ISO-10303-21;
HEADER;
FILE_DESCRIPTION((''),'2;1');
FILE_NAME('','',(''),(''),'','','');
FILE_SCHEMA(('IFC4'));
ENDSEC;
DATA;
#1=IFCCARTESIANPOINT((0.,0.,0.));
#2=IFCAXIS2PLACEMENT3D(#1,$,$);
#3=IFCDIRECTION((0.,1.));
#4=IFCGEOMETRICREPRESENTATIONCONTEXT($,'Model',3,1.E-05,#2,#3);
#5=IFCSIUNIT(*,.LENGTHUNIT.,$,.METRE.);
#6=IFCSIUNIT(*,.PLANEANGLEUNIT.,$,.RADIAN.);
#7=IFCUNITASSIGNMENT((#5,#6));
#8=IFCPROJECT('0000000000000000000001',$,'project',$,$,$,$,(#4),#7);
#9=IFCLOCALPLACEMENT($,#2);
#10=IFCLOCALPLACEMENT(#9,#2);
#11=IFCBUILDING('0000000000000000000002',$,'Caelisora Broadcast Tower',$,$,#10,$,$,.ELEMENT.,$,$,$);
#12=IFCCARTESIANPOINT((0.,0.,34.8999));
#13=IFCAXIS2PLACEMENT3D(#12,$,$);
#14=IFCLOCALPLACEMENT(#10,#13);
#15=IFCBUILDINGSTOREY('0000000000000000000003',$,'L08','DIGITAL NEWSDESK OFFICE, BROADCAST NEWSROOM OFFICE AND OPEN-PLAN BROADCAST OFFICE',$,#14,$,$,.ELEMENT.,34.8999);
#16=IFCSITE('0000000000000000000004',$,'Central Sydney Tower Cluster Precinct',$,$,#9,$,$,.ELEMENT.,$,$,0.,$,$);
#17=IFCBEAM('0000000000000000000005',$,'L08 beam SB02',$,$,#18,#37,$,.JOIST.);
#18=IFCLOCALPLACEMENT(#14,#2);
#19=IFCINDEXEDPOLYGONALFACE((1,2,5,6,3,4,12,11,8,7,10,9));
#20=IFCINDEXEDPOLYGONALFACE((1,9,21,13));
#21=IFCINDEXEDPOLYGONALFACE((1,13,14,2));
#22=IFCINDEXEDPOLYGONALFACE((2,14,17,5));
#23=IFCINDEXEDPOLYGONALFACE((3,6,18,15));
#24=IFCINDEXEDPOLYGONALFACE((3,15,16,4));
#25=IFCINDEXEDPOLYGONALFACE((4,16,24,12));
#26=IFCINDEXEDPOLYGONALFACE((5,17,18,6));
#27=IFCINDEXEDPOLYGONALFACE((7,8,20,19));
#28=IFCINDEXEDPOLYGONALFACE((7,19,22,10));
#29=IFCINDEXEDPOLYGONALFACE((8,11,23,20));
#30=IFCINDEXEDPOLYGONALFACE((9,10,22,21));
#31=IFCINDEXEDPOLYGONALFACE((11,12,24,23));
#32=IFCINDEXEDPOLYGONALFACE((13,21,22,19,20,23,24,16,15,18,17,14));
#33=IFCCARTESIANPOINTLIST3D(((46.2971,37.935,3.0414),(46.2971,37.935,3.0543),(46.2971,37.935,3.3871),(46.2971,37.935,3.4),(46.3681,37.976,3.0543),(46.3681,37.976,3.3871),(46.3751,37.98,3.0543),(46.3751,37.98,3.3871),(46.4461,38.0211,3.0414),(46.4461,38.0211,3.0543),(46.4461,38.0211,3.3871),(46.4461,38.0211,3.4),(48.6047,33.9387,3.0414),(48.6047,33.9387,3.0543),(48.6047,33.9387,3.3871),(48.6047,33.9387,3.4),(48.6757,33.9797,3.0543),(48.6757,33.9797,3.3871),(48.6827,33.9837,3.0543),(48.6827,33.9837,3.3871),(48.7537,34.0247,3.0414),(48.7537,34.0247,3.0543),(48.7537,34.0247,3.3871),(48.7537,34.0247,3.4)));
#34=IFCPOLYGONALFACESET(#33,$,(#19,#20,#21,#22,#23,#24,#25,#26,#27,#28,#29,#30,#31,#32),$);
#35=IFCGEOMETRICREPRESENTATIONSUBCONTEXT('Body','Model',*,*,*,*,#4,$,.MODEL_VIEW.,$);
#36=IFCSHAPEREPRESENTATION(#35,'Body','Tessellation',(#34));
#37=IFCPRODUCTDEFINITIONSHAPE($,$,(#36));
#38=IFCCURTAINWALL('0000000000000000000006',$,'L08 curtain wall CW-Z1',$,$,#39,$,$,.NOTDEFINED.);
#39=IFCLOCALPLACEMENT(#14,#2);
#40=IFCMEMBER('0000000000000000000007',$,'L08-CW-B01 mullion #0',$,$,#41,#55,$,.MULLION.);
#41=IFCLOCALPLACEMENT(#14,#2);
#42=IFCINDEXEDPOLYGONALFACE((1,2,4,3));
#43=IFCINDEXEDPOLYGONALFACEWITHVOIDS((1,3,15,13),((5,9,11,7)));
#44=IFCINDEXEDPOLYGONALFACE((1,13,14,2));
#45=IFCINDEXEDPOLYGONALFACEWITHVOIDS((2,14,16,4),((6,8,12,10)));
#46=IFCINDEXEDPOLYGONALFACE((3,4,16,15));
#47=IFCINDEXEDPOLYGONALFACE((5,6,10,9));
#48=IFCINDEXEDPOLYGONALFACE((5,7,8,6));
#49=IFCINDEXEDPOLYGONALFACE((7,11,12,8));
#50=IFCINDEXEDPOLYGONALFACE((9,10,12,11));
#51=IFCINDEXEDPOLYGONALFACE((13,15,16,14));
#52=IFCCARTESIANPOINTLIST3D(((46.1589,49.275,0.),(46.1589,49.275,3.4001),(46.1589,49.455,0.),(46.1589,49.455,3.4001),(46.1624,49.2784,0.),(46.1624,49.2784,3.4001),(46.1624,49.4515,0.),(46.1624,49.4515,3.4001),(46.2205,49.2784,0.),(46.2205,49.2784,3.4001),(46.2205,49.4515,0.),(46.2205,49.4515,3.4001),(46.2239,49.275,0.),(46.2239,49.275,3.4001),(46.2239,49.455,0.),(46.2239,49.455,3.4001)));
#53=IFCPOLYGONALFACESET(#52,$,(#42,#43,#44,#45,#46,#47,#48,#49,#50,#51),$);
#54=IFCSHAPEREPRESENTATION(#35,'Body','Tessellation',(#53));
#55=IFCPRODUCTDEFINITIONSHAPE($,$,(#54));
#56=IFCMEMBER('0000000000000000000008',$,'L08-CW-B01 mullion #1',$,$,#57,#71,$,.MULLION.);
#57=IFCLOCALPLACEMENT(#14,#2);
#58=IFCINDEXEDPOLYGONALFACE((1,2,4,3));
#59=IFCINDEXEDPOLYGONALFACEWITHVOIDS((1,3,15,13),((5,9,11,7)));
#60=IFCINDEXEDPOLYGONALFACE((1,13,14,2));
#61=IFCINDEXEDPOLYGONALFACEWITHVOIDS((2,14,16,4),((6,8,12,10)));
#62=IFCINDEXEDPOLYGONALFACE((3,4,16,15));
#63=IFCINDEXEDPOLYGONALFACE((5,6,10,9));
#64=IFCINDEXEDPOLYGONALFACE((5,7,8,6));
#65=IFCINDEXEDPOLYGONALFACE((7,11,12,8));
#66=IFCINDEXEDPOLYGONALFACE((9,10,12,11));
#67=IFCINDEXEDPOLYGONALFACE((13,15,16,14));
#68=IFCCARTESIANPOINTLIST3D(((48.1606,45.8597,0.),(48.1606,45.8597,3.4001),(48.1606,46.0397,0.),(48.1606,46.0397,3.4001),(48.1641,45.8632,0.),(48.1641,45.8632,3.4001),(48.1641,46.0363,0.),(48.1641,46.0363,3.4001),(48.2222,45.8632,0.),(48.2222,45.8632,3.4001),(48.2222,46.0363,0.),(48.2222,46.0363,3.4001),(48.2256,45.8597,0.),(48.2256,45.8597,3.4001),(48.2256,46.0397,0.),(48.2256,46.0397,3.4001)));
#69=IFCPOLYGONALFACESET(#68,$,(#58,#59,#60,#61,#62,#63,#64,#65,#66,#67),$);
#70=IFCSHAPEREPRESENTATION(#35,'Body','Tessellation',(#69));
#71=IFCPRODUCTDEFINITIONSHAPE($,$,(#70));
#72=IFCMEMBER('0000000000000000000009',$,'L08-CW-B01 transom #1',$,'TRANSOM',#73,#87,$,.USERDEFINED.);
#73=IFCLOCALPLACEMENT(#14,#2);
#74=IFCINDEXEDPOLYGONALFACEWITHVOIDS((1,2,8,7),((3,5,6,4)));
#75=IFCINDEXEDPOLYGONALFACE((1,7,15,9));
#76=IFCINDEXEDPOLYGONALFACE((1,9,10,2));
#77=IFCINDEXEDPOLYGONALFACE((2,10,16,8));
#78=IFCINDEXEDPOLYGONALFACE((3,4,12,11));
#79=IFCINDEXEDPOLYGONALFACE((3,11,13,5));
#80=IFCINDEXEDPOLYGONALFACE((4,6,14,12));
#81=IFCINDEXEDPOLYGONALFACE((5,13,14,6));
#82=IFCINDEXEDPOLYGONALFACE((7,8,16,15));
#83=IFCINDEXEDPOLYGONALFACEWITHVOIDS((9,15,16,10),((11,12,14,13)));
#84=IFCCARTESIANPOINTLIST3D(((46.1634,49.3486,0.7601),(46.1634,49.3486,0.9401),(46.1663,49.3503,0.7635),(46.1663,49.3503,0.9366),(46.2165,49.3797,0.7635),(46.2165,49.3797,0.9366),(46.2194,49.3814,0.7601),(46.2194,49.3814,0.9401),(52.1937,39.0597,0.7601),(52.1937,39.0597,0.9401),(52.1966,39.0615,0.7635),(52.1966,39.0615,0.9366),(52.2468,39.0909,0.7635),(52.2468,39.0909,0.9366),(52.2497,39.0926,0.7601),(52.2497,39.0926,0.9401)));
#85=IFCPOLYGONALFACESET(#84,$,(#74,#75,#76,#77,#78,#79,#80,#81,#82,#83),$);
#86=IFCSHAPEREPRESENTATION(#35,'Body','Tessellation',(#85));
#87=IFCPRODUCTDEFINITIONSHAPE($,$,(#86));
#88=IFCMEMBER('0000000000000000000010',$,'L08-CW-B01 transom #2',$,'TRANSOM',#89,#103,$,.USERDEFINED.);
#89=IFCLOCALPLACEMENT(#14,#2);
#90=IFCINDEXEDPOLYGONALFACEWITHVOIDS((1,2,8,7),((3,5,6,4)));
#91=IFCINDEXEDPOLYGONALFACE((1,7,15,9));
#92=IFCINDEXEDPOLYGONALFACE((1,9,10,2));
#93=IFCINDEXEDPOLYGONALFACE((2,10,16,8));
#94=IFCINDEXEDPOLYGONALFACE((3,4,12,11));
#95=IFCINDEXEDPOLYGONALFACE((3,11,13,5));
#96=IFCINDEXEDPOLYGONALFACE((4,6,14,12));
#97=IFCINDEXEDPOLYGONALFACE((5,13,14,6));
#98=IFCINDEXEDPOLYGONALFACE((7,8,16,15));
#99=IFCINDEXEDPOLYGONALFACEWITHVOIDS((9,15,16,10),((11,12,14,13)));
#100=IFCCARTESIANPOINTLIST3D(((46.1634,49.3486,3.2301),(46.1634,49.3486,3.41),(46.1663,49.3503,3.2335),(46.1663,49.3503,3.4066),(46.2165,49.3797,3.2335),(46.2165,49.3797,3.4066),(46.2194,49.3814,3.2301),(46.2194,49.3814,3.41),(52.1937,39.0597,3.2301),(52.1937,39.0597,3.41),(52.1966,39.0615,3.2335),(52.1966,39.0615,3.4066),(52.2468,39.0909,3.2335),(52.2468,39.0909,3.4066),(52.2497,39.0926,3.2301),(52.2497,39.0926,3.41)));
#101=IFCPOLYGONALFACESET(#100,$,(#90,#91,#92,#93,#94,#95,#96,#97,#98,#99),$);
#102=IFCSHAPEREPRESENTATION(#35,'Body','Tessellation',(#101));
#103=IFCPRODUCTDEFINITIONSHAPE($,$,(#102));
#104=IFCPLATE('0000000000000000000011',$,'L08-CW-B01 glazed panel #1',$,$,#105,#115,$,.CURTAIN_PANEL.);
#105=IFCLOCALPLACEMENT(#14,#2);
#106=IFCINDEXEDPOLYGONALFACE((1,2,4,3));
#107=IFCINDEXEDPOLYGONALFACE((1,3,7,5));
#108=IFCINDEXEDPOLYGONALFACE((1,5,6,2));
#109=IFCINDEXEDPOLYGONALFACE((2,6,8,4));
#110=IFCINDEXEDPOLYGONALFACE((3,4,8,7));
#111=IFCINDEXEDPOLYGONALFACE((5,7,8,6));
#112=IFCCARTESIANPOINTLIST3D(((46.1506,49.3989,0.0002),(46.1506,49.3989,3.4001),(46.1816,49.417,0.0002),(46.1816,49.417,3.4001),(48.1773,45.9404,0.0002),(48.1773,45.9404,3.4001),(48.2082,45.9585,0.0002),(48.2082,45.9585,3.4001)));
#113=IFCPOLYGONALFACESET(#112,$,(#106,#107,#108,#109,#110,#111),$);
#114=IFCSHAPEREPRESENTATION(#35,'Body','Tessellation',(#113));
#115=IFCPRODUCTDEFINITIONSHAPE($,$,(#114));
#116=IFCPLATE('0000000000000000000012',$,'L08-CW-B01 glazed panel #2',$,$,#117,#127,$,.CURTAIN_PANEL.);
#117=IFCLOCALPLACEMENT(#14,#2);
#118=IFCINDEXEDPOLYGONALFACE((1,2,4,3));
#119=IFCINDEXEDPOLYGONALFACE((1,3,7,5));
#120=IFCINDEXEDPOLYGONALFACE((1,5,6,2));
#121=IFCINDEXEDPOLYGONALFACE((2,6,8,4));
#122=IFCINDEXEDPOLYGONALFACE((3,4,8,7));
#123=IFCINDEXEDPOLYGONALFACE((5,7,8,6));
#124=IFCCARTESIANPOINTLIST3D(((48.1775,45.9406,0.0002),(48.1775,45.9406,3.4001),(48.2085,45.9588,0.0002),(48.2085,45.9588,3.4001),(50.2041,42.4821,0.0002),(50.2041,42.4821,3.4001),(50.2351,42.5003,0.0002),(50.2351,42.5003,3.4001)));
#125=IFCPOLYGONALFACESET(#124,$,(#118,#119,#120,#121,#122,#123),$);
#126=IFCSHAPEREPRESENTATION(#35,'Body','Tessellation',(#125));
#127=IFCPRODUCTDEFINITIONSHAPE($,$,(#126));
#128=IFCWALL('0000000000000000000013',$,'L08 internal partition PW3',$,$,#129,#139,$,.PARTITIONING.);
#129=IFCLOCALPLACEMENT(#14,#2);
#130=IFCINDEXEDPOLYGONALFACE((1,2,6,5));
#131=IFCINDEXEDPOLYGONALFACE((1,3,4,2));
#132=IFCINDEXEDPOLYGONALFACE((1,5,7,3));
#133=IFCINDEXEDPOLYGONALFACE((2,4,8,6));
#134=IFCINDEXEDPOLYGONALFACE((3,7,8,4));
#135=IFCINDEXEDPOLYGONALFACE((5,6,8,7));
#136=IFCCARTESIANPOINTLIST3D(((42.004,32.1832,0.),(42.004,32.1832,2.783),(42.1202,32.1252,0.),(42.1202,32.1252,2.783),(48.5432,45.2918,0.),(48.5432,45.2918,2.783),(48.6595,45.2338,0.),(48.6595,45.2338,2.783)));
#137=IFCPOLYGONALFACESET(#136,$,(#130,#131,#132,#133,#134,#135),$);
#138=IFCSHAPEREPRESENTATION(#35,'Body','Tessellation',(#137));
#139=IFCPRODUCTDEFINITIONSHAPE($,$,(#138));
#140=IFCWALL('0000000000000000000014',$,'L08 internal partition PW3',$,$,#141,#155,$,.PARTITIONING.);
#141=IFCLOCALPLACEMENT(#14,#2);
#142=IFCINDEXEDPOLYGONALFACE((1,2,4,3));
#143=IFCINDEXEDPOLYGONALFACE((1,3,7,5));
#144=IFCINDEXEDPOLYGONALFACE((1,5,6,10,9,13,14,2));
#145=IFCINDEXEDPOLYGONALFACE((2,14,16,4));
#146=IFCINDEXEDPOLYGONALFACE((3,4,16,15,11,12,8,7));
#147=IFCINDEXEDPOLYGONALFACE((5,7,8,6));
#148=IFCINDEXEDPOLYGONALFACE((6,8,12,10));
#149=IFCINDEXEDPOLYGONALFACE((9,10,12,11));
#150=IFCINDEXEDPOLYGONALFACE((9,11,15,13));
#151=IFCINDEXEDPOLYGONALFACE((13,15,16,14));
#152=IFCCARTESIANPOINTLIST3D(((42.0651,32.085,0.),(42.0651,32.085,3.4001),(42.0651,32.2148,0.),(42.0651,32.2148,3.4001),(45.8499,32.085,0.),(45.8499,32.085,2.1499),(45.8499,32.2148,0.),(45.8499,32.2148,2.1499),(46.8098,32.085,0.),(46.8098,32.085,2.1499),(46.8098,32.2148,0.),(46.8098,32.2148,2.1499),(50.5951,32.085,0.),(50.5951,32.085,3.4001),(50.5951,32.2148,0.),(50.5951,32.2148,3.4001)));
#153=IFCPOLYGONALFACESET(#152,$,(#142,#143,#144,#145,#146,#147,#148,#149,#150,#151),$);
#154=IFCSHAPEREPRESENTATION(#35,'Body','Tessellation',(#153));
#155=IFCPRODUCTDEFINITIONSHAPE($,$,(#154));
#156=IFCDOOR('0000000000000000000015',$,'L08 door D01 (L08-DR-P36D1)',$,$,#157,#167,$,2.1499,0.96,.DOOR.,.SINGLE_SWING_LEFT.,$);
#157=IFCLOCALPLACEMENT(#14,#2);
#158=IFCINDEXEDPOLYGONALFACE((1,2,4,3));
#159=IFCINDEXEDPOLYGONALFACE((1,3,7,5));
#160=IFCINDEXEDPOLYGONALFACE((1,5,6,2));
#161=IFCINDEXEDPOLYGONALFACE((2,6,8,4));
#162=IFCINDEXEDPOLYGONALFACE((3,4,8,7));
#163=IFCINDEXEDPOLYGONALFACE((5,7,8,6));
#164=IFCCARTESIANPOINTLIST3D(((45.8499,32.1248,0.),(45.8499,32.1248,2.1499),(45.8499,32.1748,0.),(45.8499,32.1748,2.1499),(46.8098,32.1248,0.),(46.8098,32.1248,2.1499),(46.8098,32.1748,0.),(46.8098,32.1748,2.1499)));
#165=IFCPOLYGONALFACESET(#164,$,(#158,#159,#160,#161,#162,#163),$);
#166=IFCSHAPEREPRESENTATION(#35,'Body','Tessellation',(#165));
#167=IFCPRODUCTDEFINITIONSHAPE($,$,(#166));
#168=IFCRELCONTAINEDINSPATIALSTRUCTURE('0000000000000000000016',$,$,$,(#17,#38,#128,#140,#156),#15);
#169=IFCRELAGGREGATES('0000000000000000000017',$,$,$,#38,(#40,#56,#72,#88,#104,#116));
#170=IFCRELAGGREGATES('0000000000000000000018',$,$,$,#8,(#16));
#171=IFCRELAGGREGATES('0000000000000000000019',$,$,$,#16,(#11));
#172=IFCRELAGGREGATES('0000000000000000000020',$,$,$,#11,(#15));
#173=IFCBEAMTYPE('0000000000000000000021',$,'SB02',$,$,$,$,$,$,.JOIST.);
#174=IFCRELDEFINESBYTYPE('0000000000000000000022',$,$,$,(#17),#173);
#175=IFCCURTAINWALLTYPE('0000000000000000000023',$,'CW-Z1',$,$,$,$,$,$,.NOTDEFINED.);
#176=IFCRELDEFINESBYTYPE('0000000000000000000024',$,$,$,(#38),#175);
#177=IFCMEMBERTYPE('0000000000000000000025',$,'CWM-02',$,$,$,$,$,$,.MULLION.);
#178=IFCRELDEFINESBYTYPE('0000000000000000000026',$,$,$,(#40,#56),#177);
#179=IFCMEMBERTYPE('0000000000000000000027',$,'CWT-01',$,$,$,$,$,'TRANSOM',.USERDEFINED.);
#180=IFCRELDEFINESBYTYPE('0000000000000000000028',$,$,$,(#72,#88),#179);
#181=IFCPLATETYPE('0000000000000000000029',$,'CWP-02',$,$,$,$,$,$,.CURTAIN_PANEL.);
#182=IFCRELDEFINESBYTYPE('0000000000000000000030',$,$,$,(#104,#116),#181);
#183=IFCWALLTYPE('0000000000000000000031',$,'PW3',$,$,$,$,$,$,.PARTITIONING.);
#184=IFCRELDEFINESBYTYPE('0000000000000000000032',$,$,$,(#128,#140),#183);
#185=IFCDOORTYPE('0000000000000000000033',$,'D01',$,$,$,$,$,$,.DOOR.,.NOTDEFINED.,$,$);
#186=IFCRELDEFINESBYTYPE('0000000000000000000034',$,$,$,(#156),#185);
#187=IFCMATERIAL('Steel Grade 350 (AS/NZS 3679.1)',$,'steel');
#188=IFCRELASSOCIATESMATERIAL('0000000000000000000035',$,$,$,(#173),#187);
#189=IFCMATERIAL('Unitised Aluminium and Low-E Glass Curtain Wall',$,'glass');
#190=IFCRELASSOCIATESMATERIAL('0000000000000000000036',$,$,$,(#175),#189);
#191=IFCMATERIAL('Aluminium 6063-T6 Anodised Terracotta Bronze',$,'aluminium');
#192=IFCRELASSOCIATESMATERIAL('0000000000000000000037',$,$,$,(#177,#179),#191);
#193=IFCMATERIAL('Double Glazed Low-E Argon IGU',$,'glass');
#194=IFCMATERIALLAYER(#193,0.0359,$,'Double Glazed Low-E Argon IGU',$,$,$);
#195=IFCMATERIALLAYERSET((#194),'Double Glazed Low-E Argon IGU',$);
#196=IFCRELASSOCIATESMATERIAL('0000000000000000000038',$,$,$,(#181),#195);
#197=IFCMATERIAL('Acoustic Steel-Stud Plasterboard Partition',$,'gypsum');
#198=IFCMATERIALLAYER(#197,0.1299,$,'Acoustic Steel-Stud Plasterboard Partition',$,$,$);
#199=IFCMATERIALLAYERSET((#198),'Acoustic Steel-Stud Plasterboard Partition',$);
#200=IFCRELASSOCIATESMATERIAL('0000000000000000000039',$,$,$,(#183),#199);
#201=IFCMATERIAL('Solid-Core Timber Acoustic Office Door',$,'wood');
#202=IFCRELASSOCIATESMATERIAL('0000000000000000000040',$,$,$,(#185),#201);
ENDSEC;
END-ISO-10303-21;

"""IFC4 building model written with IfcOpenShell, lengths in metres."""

from ifc_helpers import new_model, si_unit, direction, frame, frame_2d, origin, origin_2d, place, context, subcontext, project, spatial, rectangle, hollow_rectangle, i_section, extrude, source, transform, mapped, material, layer, layer_set, material_profile, profile_set, type_object, type_shapes, element, fill, aggregate, save


model = new_model("IFC4")

# Units and contexts
model_context = context("Model", 3, precision=1e-05, world=origin(), true_north=direction((0.0, 1.0)))
body_context = subcontext(model_context, "Body", "Model", "MODEL_VIEW")
ifc_project = project(units=[si_unit("LENGTHUNIT", "METRE"), si_unit("PLANEANGLEUNIT", "RADIAN")], contexts=[model_context])

# Site, building, storey
site_placement = place(None, origin())
site = spatial("IfcSite", under=ifc_project, at=site_placement, Name="Central Sydney Tower Cluster Precinct", CompositionType="ELEMENT", RefElevation=0.0)
building_placement = place(site_placement, origin())
building = spatial("IfcBuilding", under=site, at=building_placement, Name="Caelisora Broadcast Tower", CompositionType="ELEMENT")
storey_placement = place(building_placement, frame((0.0, 0.0, 34.8999)))
storey = spatial("IfcBuildingStorey", under=building, at=storey_placement, Name="L08", Description="DIGITAL NEWSDESK OFFICE, BROADCAST NEWSROOM OFFICE AND OPEN-PLAN BROADCAST OFFICE", CompositionType="ELEMENT", Elevation=34.8999)

# Beam
ifc_material_1 = material(Name="Steel Grade 350 (AS/NZS 3679.1)", Category="steel")
ifc_material_profile_1 = material_profile(ifc_material_1, i_section(OverallWidth=0.1721, OverallDepth=0.3586, WebThickness=0.0081, FlangeThickness=0.0129, at=origin_2d()), Name="Steel Grade 350 (AS/NZS 3679.1)")
ifc_profile_set_1 = profile_set([ifc_material_profile_1], Name="Steel Grade 350 (AS/NZS 3679.1)")
beam_type_1 = type_object("IfcBeamType", Name="SB02", PredefinedType="JOIST", material=ifc_profile_set_1)
shared_shape_1 = source(origin(), body_context, "Body", "SweptSolid", [
    extrude(i_section(OverallWidth=0.1721, OverallDepth=0.3586, WebThickness=0.0081, FlangeThickness=0.0129, at=origin_2d()), origin(), (0.0, 0.0, 1.0), 4.6147),
])
beam_1_placement = place(storey_placement, frame((48.6792, 33.9817, 3.2207), z_axis=(-0.500054, 0.865994, 0.0), x_axis=(-0.865994, -0.500054, 0.0)))
element("IfcBeam", 1, at=beam_1_placement, inside=storey, type_object=beam_type_1, Name="L08 beam SB02", PredefinedType="JOIST", context=body_context, shape_type="MappedRepresentation", body=[
    mapped(shared_shape_1, transform((0.0, 0.0, 0.0), scale=1.0)),
])

# Curtain wall, members, plates
ifc_material_2 = material(Name="Unitised Aluminium and Low-E Glass Curtain Wall", Category="glass")
curtain_wall_type = type_object("IfcCurtainWallType", Name="CW-Z1", PredefinedType="NOTDEFINED", material=ifc_material_2)
curtain_wall_placement = place(storey_placement, origin())
curtain_wall = element("IfcCurtainWall", 2, at=curtain_wall_placement, inside=storey, type_object=curtain_wall_type, Name="L08 curtain wall CW-Z1", PredefinedType="NOTDEFINED")
ifc_material_3 = material(Name="Aluminium 6063-T6 Anodised Terracotta Bronze", Category="aluminium")
ifc_material_profile_2 = material_profile(ifc_material_3, hollow_rectangle(XDim=0.0649, YDim=0.1799, WallThickness=0.0034, at=origin_2d()), Name="Aluminium 6063-T6 Anodised Terracotta Bronze")
ifc_profile_set_2 = profile_set([ifc_material_profile_2], Name="Aluminium 6063-T6 Anodised Terracotta Bronze")
member_type_1 = type_object("IfcMemberType", Name="CWM-02", PredefinedType="MULLION", material=ifc_profile_set_2)
shared_shape_2 = source(origin(), body_context, "Body", "SweptSolid", [
    extrude(hollow_rectangle(XDim=0.0649, YDim=0.1799, WallThickness=0.0034, at=origin_2d()), origin(), (0.0, 0.0, 1.0), 3.4001),
])
type_shapes(member_type_1, [shared_shape_2])
member_1_placement = place(storey_placement, frame((46.1914, 49.365, 0.0), z_axis=(0.0, 0.0, 1.0), x_axis=(1.0, 0.0, 0.0)))
member_1 = element("IfcMember", 3, at=member_1_placement, type_object=member_type_1, Name="L08-CW-B01 mullion #0", PredefinedType="MULLION", context=body_context, shape_type="MappedRepresentation", body=[
    mapped(shared_shape_2, transform((0.0, 0.0, 0.0), scale=1.0)),
])
member_2_placement = place(storey_placement, frame((48.1931, 45.9497, 0.0), z_axis=(0.0, 0.0, 1.0), x_axis=(1.0, 0.0, 0.0)))
member_2 = element("IfcMember", 4, at=member_2_placement, type_object=member_type_1, Name="L08-CW-B01 mullion #1", PredefinedType="MULLION", context=body_context, shape_type="MappedRepresentation", body=[
    mapped(shared_shape_2, transform((0.0, 0.0, 0.0), scale=1.0)),
])
ifc_material_profile_3 = material_profile(ifc_material_3, hollow_rectangle(XDim=0.0649, YDim=0.1799, WallThickness=0.0034, at=origin_2d()), Name="Aluminium 6063-T6 Anodised Terracotta Bronze")
ifc_profile_set_3 = profile_set([ifc_material_profile_3], Name="Aluminium 6063-T6 Anodised Terracotta Bronze")
member_type_2 = type_object("IfcMemberType", Name="CWT-01", ElementType="TRANSOM", PredefinedType="USERDEFINED", material=ifc_profile_set_3)
shared_shape_3 = source(origin(), body_context, "Body", "SweptSolid", [
    extrude(hollow_rectangle(XDim=0.0649, YDim=0.1799, WallThickness=0.0034, at=origin_2d()), origin(), (0.0, 0.0, 1.0), 11.9258),
])
type_shapes(member_type_2, [shared_shape_3])
member_3_placement = place(storey_placement, frame((46.1914, 49.365, 0.8501), z_axis=(0.505651, -0.862738, 0.0), x_axis=(0.862738, 0.505651, 0.0)))
member_3 = element("IfcMember", 5, at=member_3_placement, type_object=member_type_2, Name="L08-CW-B01 transom #1", ObjectType="TRANSOM", PredefinedType="USERDEFINED", context=body_context, shape_type="MappedRepresentation", body=[
    mapped(shared_shape_3, transform((0.0, 0.0, 0.0), scale=1.0)),
])
member_4_placement = place(storey_placement, frame((46.1914, 49.365, 3.3201), z_axis=(0.505651, -0.862738, 0.0), x_axis=(0.862738, 0.505651, 0.0)))
member_4 = element("IfcMember", 6, at=member_4_placement, type_object=member_type_2, Name="L08-CW-B01 transom #2", ObjectType="TRANSOM", PredefinedType="USERDEFINED", context=body_context, shape_type="MappedRepresentation", body=[
    mapped(shared_shape_3, transform((0.0, 0.0, 0.0), scale=1.0)),
])
ifc_material_4 = material(Name="Double Glazed Low-E Argon IGU", Category="glass")
ifc_layer_1 = layer(ifc_material_4, 0.0359, Name="Double Glazed Low-E Argon IGU")
ifc_layer_set_1 = layer_set([ifc_layer_1], Name="Double Glazed Low-E Argon IGU")
plate_type = type_object("IfcPlateType", Name="CWP-02", PredefinedType="CURTAIN_PANEL", material=ifc_layer_set_1)
shared_shape_4 = source(origin(), body_context, "Body", "SweptSolid", [
    extrude(rectangle(XDim=4.0085, YDim=0.0359, at=origin_2d()), origin(), (0.0, 0.0, 1.0), 3.3999),
])
type_shapes(plate_type, [shared_shape_4])
plate_1_placement = place(storey_placement, frame((47.1794, 47.6787, 0.0002), z_axis=(0.0, 0.0, 1.0), x_axis=(0.505582, -0.862779, 0.0)))
plate_1 = element("IfcPlate", 7, at=plate_1_placement, type_object=plate_type, Name="L08-CW-B01 glazed panel #1", PredefinedType="CURTAIN_PANEL", context=body_context, shape_type="MappedRepresentation", body=[
    mapped(shared_shape_4, transform((0.0, 0.0, 0.0), scale=1.0)),
])
plate_2_placement = place(storey_placement, frame((49.2063, 44.2205, 0.0002), z_axis=(0.0, 0.0, 1.0), x_axis=(0.505582, -0.862779, 0.0)))
plate_2 = element("IfcPlate", 8, at=plate_2_placement, type_object=plate_type, Name="L08-CW-B01 glazed panel #2", PredefinedType="CURTAIN_PANEL", context=body_context, shape_type="MappedRepresentation", body=[
    mapped(shared_shape_4, transform((0.0, 0.0, 0.0), scale=1.0)),
])
aggregate(curtain_wall, [member_1, member_2, member_3, member_4, plate_1, plate_2])

# Wall
ifc_material_5 = material(Name="Acoustic Steel-Stud Plasterboard Partition", Category="gypsum")
ifc_layer_2 = layer(ifc_material_5, 0.1299, Name="Acoustic Steel-Stud Plasterboard Partition")
ifc_layer_set_2 = layer_set([ifc_layer_2], Name="Acoustic Steel-Stud Plasterboard Partition")
wall_type_1 = type_object("IfcWallType", Name="PW3", PredefinedType="PARTITIONING", material=ifc_layer_set_2)
wall_1_placement = place(storey_placement, frame((42.062, 32.1541, 0.0), z_axis=(0.0, 0.0, 1.0), x_axis=(0.446393, 0.894837, 0.0)))
element("IfcWall", 9, at=wall_1_placement, inside=storey, type_object=wall_type_1, Name="L08 internal partition PW3", PredefinedType="PARTITIONING", context=body_context, shape_type="SweptSolid", body=[
    extrude(rectangle(XDim=14.6492, YDim=0.1299, at=frame_2d((7.3247, 0.0))), origin(), (0.0, 0.0, 1.0), 2.783),
])

# Wall, opening, door
wall_2_placement = place(storey_placement, frame((42.0649, 32.1499, 0.0), z_axis=(0.0, 0.0, 1.0), x_axis=(1.0, 0.0, 0.0)))
wall_2 = element("IfcWall", 10, at=wall_2_placement, inside=storey, type_object=wall_type_1, Name="L08 internal partition PW3", PredefinedType="PARTITIONING", context=body_context, shape_type="SweptSolid", body=[
    extrude(rectangle(XDim=8.53, YDim=0.1299, at=frame_2d((4.2651, 0.0))), origin(), (0.0, 0.0, 1.0), 3.4001),
])
opening_1_placement = place(wall_2_placement, frame((3.7849, 0.0, 0.0)))
opening_1 = element("IfcOpeningElement", 11, at=opening_1_placement, cuts=wall_2, PredefinedType="OPENING", context=body_context, shape_type="SweptSolid", body=[
    extrude(rectangle(XDim=0.96, YDim=2.1499, at=frame_2d((0.48, 1.075))), frame((0.0, 0.0769, 0.0), z_axis=(0.0, -1.0, 0.0), x_axis=(1.0, 0.0, 0.0)), (0.0, 0.0, 1.0), 0.1538),
])
ifc_material_6 = material(Name="Solid-Core Timber Acoustic Office Door", Category="wood")
door_type = type_object("IfcDoorType", Name="D01", OperationType="NOTDEFINED", PredefinedType="DOOR", material=ifc_material_6)
door_1_placement = place(opening_1_placement, origin())
door_1 = element("IfcDoor", 12, at=door_1_placement, inside=storey, type_object=door_type, Name="L08 door D01 (L08-DR-P36D1)", OperationType="SINGLE_SWING_LEFT", OverallHeight=2.1499, OverallWidth=0.96, PredefinedType="DOOR", context=body_context, shape_type="SweptSolid", body=[
    extrude(rectangle(XDim=0.96, YDim=2.1499, at=frame_2d((0.48, 1.075))), frame((0.0, 0.0249, 0.0), z_axis=(0.0, -1.0, 0.0), x_axis=(1.0, 0.0, 0.0)), (0.0, 0.0, 1.0), 0.05),
])
fill(opening_1, door_1)

save(model, "model.ifc")
